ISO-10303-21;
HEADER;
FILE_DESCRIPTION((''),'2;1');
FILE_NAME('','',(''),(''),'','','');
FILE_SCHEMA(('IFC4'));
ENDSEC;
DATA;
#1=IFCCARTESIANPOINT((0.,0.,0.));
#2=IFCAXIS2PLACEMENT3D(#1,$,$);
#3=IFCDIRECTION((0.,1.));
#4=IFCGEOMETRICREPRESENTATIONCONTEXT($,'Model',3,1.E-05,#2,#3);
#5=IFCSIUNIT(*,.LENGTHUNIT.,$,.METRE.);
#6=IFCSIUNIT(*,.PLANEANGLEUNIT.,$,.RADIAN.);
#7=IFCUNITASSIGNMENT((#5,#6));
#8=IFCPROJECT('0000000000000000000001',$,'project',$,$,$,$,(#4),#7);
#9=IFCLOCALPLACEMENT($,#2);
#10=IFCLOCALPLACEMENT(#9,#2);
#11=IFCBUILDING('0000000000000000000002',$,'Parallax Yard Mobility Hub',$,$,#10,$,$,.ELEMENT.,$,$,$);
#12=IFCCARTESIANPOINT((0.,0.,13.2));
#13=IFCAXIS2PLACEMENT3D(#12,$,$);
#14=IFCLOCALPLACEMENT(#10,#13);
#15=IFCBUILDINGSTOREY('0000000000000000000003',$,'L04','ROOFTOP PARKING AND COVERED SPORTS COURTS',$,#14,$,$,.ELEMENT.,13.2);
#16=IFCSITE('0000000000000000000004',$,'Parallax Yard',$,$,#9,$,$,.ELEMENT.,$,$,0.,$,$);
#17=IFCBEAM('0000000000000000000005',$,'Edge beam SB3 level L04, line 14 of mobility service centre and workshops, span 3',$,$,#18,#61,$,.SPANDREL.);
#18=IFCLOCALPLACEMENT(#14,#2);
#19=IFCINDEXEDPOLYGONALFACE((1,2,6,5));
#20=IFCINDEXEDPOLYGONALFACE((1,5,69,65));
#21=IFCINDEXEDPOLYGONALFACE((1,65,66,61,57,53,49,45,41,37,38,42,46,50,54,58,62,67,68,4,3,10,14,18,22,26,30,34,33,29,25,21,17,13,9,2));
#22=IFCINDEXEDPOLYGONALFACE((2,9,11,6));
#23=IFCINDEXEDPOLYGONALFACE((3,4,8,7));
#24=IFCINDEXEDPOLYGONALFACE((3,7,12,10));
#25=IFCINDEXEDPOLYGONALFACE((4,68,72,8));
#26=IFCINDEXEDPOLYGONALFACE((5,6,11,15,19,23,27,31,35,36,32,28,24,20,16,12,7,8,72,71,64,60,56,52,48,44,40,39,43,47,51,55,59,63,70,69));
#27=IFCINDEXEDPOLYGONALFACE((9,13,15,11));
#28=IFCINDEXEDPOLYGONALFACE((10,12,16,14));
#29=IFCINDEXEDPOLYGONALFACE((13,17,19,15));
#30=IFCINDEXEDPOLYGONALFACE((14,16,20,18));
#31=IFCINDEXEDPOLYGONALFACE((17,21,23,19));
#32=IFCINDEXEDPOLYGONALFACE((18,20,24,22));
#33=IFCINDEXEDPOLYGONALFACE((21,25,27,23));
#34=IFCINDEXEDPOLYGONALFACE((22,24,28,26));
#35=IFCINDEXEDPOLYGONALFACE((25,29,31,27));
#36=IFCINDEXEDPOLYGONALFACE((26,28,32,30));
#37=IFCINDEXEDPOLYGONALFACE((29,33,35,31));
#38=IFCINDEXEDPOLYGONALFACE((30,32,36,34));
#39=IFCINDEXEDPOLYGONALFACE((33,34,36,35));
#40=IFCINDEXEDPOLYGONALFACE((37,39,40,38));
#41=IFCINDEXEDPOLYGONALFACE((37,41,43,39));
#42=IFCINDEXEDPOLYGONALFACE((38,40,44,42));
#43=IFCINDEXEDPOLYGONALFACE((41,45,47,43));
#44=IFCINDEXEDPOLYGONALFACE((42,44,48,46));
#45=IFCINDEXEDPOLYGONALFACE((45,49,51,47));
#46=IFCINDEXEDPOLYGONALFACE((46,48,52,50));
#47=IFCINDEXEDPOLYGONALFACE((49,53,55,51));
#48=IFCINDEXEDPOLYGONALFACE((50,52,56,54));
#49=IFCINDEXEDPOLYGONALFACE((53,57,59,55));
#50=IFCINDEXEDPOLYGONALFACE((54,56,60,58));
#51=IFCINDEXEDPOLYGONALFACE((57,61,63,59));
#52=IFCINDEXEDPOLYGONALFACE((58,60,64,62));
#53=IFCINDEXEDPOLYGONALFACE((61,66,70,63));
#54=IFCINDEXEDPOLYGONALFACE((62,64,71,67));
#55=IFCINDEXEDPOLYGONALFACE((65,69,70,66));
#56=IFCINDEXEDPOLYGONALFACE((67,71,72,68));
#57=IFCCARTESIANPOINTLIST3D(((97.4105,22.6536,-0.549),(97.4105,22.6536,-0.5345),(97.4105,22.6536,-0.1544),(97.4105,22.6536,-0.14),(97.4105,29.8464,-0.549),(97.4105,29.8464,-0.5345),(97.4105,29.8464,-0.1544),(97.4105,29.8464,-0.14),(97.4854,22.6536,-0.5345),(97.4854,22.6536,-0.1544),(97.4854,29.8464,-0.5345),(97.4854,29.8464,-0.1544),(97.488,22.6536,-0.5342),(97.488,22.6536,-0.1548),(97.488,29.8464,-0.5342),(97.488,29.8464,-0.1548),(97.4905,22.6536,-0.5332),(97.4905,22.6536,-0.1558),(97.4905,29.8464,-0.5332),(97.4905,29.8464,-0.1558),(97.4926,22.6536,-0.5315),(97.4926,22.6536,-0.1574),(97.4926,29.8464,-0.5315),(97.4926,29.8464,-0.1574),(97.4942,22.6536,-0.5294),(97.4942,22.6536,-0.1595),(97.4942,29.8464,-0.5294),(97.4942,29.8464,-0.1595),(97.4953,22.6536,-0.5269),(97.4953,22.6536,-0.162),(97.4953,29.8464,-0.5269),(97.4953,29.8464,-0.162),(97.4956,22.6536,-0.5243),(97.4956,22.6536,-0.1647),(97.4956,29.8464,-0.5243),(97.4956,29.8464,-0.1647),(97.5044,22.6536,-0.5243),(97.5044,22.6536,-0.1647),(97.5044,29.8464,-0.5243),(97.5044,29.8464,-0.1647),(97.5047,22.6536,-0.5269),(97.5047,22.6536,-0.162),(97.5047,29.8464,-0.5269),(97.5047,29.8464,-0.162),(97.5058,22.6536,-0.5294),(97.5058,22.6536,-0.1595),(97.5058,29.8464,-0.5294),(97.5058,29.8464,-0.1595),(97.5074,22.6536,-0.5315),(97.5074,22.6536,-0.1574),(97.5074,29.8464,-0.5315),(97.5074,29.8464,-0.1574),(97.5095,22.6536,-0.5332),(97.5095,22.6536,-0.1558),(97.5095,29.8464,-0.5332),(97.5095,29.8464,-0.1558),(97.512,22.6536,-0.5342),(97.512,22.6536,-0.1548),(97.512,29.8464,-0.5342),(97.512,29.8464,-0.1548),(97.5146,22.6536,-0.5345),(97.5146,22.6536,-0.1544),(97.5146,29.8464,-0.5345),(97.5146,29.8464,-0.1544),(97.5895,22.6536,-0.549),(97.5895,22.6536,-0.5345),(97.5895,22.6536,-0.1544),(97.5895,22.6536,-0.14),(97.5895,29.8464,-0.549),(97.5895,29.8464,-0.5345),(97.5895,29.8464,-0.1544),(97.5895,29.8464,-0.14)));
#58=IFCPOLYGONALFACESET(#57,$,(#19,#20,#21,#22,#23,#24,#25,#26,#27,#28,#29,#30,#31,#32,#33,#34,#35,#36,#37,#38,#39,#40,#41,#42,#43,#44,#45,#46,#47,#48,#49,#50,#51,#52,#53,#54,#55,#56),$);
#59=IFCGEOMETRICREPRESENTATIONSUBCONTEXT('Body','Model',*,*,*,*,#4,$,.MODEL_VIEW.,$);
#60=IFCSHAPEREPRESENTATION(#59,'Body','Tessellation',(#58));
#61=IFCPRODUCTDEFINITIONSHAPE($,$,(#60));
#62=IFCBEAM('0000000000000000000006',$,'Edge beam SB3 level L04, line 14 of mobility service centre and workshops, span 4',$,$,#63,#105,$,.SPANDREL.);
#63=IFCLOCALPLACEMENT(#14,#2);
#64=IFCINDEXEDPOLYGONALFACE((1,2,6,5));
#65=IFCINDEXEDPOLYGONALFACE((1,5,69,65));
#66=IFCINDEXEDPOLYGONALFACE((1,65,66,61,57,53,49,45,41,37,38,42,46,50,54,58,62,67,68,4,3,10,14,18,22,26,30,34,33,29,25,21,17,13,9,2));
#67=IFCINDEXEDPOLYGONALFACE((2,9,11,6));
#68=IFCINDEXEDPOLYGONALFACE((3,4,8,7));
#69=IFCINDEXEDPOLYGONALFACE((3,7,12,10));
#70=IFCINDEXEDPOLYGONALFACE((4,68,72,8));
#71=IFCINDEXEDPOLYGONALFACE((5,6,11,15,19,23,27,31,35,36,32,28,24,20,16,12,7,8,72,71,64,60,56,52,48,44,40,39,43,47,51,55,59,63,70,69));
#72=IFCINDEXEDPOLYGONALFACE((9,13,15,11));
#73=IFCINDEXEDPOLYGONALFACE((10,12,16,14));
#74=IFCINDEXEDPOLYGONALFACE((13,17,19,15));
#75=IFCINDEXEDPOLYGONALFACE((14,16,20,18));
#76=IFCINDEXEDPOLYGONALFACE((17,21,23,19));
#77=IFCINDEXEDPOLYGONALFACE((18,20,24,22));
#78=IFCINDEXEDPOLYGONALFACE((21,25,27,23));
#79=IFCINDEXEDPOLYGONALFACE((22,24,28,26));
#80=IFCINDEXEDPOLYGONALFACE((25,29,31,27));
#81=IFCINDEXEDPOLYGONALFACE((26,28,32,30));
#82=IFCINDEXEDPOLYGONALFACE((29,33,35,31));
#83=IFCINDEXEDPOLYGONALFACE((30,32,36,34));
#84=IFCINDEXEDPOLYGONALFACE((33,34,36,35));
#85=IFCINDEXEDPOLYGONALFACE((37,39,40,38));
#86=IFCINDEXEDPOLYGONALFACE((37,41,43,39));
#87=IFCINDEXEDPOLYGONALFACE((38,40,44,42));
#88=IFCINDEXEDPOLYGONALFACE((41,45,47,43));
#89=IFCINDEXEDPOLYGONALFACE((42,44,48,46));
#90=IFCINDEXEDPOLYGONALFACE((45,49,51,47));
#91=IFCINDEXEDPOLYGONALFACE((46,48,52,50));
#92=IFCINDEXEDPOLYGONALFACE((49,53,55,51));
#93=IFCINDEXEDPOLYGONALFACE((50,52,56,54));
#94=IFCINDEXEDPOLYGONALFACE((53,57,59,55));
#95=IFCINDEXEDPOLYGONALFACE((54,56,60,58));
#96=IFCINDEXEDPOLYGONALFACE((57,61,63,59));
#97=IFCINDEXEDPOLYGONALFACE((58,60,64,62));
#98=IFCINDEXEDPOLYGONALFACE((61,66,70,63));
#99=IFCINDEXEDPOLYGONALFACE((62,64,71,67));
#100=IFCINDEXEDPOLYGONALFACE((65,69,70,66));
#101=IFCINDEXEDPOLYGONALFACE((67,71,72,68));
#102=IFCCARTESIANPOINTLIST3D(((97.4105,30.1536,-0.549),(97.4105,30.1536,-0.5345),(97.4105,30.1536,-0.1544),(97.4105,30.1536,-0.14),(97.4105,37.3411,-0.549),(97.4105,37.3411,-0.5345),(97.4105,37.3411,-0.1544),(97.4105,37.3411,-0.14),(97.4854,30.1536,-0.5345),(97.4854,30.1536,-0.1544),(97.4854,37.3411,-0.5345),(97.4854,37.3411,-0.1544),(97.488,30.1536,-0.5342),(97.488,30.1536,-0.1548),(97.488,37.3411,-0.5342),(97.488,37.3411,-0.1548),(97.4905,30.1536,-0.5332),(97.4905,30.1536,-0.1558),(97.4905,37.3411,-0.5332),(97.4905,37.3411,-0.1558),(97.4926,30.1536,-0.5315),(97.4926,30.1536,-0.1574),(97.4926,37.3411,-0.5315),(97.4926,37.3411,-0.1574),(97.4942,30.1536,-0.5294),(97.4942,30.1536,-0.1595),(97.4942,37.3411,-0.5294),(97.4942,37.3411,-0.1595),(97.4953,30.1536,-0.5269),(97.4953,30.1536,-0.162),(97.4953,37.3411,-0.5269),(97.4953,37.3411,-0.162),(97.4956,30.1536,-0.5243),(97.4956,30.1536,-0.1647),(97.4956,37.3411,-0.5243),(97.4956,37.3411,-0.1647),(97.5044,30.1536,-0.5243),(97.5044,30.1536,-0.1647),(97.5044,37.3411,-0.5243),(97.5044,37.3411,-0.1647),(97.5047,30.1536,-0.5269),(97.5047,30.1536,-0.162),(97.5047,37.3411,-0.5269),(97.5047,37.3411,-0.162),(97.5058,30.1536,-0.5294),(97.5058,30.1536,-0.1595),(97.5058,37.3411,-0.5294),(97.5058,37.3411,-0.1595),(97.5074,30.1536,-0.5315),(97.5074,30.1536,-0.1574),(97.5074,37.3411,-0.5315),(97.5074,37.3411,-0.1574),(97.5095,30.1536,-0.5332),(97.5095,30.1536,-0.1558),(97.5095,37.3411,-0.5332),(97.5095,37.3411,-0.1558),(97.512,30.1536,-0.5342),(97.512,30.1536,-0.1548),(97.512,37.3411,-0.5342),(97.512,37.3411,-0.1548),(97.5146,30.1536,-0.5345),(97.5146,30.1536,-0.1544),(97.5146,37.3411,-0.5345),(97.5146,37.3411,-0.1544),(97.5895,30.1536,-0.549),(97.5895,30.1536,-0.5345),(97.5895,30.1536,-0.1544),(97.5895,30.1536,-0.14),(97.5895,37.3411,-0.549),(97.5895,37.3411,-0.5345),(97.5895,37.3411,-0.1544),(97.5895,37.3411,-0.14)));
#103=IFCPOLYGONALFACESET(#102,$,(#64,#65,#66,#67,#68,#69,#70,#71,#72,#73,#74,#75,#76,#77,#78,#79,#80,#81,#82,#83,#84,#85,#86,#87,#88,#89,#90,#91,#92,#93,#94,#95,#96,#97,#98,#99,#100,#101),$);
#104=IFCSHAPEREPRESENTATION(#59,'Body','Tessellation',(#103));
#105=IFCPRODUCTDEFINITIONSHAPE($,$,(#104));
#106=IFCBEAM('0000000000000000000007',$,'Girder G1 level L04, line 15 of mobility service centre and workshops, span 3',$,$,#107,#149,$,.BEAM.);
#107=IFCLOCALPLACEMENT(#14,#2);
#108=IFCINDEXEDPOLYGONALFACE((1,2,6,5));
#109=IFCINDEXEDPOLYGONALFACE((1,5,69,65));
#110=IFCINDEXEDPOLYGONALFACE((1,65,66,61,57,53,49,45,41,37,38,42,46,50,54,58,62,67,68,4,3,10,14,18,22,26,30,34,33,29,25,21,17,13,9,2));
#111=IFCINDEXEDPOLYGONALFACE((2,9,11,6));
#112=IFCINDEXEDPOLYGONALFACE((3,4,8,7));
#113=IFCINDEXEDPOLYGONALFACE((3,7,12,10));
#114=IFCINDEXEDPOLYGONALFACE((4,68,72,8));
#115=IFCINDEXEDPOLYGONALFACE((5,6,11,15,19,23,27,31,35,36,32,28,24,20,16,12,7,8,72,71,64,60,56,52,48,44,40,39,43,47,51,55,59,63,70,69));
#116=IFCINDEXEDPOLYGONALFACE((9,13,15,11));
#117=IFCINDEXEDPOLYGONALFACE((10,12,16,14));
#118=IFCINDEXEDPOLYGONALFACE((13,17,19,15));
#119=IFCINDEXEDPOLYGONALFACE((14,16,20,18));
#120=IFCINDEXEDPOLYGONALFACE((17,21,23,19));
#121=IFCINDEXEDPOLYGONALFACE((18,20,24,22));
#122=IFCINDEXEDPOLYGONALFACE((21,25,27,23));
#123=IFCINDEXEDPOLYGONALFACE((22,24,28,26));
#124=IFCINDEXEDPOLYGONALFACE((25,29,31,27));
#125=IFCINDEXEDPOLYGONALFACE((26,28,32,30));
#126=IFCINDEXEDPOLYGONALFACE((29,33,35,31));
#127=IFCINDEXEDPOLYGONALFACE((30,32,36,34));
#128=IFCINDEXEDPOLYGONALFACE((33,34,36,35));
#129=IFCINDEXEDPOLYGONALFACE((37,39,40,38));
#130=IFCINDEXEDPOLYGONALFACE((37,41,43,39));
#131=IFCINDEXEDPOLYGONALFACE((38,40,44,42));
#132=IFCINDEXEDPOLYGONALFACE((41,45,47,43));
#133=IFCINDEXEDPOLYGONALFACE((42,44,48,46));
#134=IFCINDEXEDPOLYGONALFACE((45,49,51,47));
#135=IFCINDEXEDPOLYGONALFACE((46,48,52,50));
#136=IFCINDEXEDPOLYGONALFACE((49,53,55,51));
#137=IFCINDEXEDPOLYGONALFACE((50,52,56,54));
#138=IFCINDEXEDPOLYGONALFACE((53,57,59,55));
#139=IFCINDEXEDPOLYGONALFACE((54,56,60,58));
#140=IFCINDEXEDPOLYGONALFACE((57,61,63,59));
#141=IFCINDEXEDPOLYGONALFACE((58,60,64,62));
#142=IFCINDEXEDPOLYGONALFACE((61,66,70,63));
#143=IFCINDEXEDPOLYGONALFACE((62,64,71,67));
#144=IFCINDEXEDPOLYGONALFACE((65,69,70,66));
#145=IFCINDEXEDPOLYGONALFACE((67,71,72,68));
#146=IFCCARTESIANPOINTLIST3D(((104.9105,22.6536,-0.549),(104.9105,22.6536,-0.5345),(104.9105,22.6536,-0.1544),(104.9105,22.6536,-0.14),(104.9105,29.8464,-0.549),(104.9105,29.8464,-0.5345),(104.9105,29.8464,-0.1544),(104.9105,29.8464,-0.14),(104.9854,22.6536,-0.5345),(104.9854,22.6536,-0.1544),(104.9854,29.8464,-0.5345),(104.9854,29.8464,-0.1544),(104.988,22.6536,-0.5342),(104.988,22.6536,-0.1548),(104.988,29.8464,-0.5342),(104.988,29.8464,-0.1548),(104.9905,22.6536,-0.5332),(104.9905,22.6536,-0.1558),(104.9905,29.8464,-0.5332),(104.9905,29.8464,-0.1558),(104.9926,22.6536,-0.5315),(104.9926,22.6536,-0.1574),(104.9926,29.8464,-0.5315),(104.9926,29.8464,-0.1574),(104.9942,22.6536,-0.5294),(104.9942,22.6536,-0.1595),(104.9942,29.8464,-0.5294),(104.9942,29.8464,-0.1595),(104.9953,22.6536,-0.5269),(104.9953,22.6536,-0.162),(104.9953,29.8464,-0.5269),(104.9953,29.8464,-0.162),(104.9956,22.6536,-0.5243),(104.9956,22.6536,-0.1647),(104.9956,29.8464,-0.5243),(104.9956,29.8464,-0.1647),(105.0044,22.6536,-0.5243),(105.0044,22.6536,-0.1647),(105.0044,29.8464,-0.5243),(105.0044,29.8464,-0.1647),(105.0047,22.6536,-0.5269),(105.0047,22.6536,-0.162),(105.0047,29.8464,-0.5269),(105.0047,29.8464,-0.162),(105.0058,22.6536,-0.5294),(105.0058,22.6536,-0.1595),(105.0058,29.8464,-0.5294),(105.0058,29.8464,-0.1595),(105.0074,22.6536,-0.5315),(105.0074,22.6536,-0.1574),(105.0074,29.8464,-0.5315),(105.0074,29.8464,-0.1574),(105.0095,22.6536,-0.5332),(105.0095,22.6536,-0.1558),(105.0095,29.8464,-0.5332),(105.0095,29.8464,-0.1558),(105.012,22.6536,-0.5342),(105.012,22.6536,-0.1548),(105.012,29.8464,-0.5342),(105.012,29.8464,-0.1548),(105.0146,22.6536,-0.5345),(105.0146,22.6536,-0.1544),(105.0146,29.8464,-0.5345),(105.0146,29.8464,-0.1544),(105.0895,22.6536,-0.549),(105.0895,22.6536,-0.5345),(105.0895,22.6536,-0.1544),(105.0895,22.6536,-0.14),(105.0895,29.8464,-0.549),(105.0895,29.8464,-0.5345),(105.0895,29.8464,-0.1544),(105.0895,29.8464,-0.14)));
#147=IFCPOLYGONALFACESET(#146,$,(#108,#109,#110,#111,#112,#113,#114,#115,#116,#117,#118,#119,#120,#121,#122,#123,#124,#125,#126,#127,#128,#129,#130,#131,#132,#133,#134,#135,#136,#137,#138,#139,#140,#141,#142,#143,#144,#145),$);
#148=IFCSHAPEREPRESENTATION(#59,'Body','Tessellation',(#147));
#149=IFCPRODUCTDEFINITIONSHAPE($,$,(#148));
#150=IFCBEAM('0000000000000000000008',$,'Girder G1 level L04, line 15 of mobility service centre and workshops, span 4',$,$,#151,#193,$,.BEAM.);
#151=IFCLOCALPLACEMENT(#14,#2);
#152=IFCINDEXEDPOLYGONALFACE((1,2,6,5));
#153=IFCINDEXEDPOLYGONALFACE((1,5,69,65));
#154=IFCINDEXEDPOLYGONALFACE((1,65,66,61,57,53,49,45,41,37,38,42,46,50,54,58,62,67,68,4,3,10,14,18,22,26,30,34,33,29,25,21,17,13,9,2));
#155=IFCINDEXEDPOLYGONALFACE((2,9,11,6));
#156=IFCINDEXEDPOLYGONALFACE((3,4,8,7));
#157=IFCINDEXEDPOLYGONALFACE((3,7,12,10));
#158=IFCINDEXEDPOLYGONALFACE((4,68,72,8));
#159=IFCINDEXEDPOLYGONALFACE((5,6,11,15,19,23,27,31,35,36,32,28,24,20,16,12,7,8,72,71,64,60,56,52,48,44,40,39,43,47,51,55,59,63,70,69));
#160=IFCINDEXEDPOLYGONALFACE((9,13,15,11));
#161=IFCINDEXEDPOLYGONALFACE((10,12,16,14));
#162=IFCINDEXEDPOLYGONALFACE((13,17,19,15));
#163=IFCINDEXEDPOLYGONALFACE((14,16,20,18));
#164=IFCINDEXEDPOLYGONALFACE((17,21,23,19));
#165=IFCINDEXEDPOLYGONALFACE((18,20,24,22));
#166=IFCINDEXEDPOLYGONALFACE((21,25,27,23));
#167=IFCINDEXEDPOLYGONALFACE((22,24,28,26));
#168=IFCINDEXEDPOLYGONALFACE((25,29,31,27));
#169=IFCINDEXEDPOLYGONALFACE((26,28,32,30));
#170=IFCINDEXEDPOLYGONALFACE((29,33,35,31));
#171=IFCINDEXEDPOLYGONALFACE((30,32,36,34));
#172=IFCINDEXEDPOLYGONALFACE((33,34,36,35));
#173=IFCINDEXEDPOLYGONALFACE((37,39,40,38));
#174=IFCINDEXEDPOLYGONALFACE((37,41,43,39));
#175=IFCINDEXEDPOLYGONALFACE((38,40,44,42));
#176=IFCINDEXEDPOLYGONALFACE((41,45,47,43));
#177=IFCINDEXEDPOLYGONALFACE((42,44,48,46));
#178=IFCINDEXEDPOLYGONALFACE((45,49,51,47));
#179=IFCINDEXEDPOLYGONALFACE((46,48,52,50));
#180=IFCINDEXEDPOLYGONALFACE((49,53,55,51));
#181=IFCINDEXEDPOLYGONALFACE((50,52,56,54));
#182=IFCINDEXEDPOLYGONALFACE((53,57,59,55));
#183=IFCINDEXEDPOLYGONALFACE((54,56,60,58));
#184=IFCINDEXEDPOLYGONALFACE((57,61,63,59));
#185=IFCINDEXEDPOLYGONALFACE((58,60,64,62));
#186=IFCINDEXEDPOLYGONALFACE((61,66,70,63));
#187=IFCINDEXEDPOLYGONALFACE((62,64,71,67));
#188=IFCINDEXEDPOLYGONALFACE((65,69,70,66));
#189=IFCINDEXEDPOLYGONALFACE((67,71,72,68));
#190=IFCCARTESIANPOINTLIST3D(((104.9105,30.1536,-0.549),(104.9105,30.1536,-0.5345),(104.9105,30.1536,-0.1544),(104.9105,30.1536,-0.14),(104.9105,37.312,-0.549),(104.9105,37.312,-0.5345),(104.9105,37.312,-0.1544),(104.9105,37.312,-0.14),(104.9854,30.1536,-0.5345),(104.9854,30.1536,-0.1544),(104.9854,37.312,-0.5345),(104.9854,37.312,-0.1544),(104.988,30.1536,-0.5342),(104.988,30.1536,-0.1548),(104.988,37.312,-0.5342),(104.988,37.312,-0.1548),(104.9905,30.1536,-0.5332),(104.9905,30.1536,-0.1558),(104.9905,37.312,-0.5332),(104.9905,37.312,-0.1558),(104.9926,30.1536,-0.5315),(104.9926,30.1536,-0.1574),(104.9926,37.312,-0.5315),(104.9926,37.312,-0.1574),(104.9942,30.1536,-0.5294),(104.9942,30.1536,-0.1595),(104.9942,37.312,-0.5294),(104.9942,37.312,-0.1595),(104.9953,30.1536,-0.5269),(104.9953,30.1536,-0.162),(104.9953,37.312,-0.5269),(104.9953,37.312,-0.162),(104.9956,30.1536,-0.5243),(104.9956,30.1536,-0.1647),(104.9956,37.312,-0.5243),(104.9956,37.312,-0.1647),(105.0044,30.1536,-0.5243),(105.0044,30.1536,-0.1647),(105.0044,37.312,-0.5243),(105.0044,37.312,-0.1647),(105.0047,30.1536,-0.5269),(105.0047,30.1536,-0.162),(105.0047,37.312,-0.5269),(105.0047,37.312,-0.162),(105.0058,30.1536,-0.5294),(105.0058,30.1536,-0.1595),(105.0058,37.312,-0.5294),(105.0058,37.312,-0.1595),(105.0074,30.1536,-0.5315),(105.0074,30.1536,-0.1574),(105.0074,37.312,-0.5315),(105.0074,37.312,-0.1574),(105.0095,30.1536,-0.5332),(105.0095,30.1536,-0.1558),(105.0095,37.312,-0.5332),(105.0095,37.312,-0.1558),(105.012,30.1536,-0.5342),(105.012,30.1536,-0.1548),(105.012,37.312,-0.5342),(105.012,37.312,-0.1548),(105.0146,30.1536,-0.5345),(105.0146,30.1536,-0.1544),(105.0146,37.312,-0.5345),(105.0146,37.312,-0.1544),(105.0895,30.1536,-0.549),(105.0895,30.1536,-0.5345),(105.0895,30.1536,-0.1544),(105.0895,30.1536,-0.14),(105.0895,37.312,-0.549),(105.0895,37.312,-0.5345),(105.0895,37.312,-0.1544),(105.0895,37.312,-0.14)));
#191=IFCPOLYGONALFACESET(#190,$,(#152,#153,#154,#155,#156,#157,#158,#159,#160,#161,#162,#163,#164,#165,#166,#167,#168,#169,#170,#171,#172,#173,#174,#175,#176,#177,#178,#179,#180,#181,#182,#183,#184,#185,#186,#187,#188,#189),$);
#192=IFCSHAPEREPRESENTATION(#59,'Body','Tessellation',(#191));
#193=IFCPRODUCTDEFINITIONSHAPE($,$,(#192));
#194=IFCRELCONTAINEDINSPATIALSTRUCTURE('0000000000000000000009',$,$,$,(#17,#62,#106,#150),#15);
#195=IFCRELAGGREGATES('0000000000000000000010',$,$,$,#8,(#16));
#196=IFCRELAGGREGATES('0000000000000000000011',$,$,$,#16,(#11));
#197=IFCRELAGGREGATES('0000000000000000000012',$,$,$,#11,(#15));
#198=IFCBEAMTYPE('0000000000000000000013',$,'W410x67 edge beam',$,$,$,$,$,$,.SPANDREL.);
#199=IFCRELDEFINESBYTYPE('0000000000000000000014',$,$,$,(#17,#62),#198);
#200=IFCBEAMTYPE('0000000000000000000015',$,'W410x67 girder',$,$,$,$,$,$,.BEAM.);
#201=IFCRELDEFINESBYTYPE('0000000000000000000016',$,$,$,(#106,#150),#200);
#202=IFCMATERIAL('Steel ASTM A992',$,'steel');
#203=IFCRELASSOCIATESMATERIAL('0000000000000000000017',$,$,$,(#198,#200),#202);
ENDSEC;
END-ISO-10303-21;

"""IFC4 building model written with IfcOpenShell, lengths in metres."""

from ifc_helpers import new_model, si_unit, direction, frame, origin, origin_2d, place, context, subcontext, project, spatial, i_section, extrude, material, material_profile, profile_set, type_object, element, save


model = new_model("IFC4")

# Units and contexts
model_context = context("Model", 3, precision=1e-05, world=origin(), true_north=direction((0.0, 1.0)))
body_context = subcontext(model_context, "Body", "Model", "MODEL_VIEW")
ifc_project = project(units=[si_unit("LENGTHUNIT", "METRE"), si_unit("PLANEANGLEUNIT", "RADIAN")], contexts=[model_context])

# Site, building, storey
site_placement = place(None, origin())
site = spatial("IfcSite", under=ifc_project, at=site_placement, Name="Parallax Yard", CompositionType="ELEMENT", RefElevation=0.0)
building_placement = place(site_placement, origin())
building = spatial("IfcBuilding", under=site, at=building_placement, Name="Parallax Yard Mobility Hub", CompositionType="ELEMENT")
storey_placement = place(building_placement, frame((0.0, 0.0, 13.2)))
storey = spatial("IfcBuildingStorey", under=building, at=storey_placement, Name="L04", Description="ROOFTOP PARKING AND COVERED SPORTS COURTS", CompositionType="ELEMENT", Elevation=13.2)

# Shared definitions
ifc_material_1 = material(Name="Steel ASTM A992", Category="steel")

# Beams
ifc_material_profile_1 = material_profile(ifc_material_1, i_section(OverallWidth=0.179, OverallDepth=0.4089, WebThickness=0.0088, FlangeThickness=0.0144, FilletRadius=0.0103, at=origin_2d()), Name="W410x67")
ifc_profile_set_1 = profile_set([ifc_material_profile_1], Name="Steel ASTM A992")
beam_type_1 = type_object("IfcBeamType", Name="W410x67 edge beam", PredefinedType="SPANDREL", material=ifc_profile_set_1)
beam_1_placement = place(storey_placement, frame((97.5, 22.6536, -0.3445), z_axis=(0.0, 1.0, 0.0), x_axis=(-1.0, 0.0, 0.0)))
element("IfcBeam", 1, at=beam_1_placement, inside=storey, type_object=beam_type_1, Name="Edge beam SB3 level L04, line 14 of mobility service centre and workshops, span 3", PredefinedType="SPANDREL", context=body_context, shape_type="SweptSolid", body=[
    extrude(i_section(OverallWidth=0.179, OverallDepth=0.4089, WebThickness=0.0088, FlangeThickness=0.0144, FilletRadius=0.0103, at=origin_2d()), origin(), (0.0, 0.0, 1.0), 7.1929),
])
beam_2_placement = place(storey_placement, frame((97.5, 30.1536, -0.3445), z_axis=(0.0, 1.0, 0.0), x_axis=(-1.0, 0.0, 0.0)))
element("IfcBeam", 2, at=beam_2_placement, inside=storey, type_object=beam_type_1, Name="Edge beam SB3 level L04, line 14 of mobility service centre and workshops, span 4", PredefinedType="SPANDREL", context=body_context, shape_type="SweptSolid", body=[
    extrude(i_section(OverallWidth=0.179, OverallDepth=0.4089, WebThickness=0.0088, FlangeThickness=0.0144, FilletRadius=0.0103, at=origin_2d()), origin(), (0.0, 0.0, 1.0), 7.1875),
])
ifc_material_profile_2 = material_profile(ifc_material_1, i_section(OverallWidth=0.179, OverallDepth=0.4089, WebThickness=0.0088, FlangeThickness=0.0144, FilletRadius=0.0103, at=origin_2d()), Name="W410x67")
ifc_profile_set_2 = profile_set([ifc_material_profile_2], Name="Steel ASTM A992")
beam_type_2 = type_object("IfcBeamType", Name="W410x67 girder", PredefinedType="BEAM", material=ifc_profile_set_2)
beam_3_placement = place(storey_placement, frame((105.0, 22.6536, -0.3445), z_axis=(0.0, 1.0, 0.0), x_axis=(-1.0, 0.0, 0.0)))
element("IfcBeam", 3, at=beam_3_placement, inside=storey, type_object=beam_type_2, Name="Girder G1 level L04, line 15 of mobility service centre and workshops, span 3", PredefinedType="BEAM", context=body_context, shape_type="SweptSolid", body=[
    extrude(i_section(OverallWidth=0.179, OverallDepth=0.4089, WebThickness=0.0088, FlangeThickness=0.0144, FilletRadius=0.0103, at=origin_2d()), origin(), (0.0, 0.0, 1.0), 7.1929),
])
beam_4_placement = place(storey_placement, frame((105.0, 30.1536, -0.3445), z_axis=(0.0, 1.0, 0.0), x_axis=(-1.0, 0.0, 0.0)))
element("IfcBeam", 4, at=beam_4_placement, inside=storey, type_object=beam_type_2, Name="Girder G1 level L04, line 15 of mobility service centre and workshops, span 4", PredefinedType="BEAM", context=body_context, shape_type="SweptSolid", body=[
    extrude(i_section(OverallWidth=0.179, OverallDepth=0.4089, WebThickness=0.0088, FlangeThickness=0.0144, FilletRadius=0.0103, at=origin_2d()), origin(), (0.0, 0.0, 1.0), 7.1584),
])

save(model, "model.ifc")
